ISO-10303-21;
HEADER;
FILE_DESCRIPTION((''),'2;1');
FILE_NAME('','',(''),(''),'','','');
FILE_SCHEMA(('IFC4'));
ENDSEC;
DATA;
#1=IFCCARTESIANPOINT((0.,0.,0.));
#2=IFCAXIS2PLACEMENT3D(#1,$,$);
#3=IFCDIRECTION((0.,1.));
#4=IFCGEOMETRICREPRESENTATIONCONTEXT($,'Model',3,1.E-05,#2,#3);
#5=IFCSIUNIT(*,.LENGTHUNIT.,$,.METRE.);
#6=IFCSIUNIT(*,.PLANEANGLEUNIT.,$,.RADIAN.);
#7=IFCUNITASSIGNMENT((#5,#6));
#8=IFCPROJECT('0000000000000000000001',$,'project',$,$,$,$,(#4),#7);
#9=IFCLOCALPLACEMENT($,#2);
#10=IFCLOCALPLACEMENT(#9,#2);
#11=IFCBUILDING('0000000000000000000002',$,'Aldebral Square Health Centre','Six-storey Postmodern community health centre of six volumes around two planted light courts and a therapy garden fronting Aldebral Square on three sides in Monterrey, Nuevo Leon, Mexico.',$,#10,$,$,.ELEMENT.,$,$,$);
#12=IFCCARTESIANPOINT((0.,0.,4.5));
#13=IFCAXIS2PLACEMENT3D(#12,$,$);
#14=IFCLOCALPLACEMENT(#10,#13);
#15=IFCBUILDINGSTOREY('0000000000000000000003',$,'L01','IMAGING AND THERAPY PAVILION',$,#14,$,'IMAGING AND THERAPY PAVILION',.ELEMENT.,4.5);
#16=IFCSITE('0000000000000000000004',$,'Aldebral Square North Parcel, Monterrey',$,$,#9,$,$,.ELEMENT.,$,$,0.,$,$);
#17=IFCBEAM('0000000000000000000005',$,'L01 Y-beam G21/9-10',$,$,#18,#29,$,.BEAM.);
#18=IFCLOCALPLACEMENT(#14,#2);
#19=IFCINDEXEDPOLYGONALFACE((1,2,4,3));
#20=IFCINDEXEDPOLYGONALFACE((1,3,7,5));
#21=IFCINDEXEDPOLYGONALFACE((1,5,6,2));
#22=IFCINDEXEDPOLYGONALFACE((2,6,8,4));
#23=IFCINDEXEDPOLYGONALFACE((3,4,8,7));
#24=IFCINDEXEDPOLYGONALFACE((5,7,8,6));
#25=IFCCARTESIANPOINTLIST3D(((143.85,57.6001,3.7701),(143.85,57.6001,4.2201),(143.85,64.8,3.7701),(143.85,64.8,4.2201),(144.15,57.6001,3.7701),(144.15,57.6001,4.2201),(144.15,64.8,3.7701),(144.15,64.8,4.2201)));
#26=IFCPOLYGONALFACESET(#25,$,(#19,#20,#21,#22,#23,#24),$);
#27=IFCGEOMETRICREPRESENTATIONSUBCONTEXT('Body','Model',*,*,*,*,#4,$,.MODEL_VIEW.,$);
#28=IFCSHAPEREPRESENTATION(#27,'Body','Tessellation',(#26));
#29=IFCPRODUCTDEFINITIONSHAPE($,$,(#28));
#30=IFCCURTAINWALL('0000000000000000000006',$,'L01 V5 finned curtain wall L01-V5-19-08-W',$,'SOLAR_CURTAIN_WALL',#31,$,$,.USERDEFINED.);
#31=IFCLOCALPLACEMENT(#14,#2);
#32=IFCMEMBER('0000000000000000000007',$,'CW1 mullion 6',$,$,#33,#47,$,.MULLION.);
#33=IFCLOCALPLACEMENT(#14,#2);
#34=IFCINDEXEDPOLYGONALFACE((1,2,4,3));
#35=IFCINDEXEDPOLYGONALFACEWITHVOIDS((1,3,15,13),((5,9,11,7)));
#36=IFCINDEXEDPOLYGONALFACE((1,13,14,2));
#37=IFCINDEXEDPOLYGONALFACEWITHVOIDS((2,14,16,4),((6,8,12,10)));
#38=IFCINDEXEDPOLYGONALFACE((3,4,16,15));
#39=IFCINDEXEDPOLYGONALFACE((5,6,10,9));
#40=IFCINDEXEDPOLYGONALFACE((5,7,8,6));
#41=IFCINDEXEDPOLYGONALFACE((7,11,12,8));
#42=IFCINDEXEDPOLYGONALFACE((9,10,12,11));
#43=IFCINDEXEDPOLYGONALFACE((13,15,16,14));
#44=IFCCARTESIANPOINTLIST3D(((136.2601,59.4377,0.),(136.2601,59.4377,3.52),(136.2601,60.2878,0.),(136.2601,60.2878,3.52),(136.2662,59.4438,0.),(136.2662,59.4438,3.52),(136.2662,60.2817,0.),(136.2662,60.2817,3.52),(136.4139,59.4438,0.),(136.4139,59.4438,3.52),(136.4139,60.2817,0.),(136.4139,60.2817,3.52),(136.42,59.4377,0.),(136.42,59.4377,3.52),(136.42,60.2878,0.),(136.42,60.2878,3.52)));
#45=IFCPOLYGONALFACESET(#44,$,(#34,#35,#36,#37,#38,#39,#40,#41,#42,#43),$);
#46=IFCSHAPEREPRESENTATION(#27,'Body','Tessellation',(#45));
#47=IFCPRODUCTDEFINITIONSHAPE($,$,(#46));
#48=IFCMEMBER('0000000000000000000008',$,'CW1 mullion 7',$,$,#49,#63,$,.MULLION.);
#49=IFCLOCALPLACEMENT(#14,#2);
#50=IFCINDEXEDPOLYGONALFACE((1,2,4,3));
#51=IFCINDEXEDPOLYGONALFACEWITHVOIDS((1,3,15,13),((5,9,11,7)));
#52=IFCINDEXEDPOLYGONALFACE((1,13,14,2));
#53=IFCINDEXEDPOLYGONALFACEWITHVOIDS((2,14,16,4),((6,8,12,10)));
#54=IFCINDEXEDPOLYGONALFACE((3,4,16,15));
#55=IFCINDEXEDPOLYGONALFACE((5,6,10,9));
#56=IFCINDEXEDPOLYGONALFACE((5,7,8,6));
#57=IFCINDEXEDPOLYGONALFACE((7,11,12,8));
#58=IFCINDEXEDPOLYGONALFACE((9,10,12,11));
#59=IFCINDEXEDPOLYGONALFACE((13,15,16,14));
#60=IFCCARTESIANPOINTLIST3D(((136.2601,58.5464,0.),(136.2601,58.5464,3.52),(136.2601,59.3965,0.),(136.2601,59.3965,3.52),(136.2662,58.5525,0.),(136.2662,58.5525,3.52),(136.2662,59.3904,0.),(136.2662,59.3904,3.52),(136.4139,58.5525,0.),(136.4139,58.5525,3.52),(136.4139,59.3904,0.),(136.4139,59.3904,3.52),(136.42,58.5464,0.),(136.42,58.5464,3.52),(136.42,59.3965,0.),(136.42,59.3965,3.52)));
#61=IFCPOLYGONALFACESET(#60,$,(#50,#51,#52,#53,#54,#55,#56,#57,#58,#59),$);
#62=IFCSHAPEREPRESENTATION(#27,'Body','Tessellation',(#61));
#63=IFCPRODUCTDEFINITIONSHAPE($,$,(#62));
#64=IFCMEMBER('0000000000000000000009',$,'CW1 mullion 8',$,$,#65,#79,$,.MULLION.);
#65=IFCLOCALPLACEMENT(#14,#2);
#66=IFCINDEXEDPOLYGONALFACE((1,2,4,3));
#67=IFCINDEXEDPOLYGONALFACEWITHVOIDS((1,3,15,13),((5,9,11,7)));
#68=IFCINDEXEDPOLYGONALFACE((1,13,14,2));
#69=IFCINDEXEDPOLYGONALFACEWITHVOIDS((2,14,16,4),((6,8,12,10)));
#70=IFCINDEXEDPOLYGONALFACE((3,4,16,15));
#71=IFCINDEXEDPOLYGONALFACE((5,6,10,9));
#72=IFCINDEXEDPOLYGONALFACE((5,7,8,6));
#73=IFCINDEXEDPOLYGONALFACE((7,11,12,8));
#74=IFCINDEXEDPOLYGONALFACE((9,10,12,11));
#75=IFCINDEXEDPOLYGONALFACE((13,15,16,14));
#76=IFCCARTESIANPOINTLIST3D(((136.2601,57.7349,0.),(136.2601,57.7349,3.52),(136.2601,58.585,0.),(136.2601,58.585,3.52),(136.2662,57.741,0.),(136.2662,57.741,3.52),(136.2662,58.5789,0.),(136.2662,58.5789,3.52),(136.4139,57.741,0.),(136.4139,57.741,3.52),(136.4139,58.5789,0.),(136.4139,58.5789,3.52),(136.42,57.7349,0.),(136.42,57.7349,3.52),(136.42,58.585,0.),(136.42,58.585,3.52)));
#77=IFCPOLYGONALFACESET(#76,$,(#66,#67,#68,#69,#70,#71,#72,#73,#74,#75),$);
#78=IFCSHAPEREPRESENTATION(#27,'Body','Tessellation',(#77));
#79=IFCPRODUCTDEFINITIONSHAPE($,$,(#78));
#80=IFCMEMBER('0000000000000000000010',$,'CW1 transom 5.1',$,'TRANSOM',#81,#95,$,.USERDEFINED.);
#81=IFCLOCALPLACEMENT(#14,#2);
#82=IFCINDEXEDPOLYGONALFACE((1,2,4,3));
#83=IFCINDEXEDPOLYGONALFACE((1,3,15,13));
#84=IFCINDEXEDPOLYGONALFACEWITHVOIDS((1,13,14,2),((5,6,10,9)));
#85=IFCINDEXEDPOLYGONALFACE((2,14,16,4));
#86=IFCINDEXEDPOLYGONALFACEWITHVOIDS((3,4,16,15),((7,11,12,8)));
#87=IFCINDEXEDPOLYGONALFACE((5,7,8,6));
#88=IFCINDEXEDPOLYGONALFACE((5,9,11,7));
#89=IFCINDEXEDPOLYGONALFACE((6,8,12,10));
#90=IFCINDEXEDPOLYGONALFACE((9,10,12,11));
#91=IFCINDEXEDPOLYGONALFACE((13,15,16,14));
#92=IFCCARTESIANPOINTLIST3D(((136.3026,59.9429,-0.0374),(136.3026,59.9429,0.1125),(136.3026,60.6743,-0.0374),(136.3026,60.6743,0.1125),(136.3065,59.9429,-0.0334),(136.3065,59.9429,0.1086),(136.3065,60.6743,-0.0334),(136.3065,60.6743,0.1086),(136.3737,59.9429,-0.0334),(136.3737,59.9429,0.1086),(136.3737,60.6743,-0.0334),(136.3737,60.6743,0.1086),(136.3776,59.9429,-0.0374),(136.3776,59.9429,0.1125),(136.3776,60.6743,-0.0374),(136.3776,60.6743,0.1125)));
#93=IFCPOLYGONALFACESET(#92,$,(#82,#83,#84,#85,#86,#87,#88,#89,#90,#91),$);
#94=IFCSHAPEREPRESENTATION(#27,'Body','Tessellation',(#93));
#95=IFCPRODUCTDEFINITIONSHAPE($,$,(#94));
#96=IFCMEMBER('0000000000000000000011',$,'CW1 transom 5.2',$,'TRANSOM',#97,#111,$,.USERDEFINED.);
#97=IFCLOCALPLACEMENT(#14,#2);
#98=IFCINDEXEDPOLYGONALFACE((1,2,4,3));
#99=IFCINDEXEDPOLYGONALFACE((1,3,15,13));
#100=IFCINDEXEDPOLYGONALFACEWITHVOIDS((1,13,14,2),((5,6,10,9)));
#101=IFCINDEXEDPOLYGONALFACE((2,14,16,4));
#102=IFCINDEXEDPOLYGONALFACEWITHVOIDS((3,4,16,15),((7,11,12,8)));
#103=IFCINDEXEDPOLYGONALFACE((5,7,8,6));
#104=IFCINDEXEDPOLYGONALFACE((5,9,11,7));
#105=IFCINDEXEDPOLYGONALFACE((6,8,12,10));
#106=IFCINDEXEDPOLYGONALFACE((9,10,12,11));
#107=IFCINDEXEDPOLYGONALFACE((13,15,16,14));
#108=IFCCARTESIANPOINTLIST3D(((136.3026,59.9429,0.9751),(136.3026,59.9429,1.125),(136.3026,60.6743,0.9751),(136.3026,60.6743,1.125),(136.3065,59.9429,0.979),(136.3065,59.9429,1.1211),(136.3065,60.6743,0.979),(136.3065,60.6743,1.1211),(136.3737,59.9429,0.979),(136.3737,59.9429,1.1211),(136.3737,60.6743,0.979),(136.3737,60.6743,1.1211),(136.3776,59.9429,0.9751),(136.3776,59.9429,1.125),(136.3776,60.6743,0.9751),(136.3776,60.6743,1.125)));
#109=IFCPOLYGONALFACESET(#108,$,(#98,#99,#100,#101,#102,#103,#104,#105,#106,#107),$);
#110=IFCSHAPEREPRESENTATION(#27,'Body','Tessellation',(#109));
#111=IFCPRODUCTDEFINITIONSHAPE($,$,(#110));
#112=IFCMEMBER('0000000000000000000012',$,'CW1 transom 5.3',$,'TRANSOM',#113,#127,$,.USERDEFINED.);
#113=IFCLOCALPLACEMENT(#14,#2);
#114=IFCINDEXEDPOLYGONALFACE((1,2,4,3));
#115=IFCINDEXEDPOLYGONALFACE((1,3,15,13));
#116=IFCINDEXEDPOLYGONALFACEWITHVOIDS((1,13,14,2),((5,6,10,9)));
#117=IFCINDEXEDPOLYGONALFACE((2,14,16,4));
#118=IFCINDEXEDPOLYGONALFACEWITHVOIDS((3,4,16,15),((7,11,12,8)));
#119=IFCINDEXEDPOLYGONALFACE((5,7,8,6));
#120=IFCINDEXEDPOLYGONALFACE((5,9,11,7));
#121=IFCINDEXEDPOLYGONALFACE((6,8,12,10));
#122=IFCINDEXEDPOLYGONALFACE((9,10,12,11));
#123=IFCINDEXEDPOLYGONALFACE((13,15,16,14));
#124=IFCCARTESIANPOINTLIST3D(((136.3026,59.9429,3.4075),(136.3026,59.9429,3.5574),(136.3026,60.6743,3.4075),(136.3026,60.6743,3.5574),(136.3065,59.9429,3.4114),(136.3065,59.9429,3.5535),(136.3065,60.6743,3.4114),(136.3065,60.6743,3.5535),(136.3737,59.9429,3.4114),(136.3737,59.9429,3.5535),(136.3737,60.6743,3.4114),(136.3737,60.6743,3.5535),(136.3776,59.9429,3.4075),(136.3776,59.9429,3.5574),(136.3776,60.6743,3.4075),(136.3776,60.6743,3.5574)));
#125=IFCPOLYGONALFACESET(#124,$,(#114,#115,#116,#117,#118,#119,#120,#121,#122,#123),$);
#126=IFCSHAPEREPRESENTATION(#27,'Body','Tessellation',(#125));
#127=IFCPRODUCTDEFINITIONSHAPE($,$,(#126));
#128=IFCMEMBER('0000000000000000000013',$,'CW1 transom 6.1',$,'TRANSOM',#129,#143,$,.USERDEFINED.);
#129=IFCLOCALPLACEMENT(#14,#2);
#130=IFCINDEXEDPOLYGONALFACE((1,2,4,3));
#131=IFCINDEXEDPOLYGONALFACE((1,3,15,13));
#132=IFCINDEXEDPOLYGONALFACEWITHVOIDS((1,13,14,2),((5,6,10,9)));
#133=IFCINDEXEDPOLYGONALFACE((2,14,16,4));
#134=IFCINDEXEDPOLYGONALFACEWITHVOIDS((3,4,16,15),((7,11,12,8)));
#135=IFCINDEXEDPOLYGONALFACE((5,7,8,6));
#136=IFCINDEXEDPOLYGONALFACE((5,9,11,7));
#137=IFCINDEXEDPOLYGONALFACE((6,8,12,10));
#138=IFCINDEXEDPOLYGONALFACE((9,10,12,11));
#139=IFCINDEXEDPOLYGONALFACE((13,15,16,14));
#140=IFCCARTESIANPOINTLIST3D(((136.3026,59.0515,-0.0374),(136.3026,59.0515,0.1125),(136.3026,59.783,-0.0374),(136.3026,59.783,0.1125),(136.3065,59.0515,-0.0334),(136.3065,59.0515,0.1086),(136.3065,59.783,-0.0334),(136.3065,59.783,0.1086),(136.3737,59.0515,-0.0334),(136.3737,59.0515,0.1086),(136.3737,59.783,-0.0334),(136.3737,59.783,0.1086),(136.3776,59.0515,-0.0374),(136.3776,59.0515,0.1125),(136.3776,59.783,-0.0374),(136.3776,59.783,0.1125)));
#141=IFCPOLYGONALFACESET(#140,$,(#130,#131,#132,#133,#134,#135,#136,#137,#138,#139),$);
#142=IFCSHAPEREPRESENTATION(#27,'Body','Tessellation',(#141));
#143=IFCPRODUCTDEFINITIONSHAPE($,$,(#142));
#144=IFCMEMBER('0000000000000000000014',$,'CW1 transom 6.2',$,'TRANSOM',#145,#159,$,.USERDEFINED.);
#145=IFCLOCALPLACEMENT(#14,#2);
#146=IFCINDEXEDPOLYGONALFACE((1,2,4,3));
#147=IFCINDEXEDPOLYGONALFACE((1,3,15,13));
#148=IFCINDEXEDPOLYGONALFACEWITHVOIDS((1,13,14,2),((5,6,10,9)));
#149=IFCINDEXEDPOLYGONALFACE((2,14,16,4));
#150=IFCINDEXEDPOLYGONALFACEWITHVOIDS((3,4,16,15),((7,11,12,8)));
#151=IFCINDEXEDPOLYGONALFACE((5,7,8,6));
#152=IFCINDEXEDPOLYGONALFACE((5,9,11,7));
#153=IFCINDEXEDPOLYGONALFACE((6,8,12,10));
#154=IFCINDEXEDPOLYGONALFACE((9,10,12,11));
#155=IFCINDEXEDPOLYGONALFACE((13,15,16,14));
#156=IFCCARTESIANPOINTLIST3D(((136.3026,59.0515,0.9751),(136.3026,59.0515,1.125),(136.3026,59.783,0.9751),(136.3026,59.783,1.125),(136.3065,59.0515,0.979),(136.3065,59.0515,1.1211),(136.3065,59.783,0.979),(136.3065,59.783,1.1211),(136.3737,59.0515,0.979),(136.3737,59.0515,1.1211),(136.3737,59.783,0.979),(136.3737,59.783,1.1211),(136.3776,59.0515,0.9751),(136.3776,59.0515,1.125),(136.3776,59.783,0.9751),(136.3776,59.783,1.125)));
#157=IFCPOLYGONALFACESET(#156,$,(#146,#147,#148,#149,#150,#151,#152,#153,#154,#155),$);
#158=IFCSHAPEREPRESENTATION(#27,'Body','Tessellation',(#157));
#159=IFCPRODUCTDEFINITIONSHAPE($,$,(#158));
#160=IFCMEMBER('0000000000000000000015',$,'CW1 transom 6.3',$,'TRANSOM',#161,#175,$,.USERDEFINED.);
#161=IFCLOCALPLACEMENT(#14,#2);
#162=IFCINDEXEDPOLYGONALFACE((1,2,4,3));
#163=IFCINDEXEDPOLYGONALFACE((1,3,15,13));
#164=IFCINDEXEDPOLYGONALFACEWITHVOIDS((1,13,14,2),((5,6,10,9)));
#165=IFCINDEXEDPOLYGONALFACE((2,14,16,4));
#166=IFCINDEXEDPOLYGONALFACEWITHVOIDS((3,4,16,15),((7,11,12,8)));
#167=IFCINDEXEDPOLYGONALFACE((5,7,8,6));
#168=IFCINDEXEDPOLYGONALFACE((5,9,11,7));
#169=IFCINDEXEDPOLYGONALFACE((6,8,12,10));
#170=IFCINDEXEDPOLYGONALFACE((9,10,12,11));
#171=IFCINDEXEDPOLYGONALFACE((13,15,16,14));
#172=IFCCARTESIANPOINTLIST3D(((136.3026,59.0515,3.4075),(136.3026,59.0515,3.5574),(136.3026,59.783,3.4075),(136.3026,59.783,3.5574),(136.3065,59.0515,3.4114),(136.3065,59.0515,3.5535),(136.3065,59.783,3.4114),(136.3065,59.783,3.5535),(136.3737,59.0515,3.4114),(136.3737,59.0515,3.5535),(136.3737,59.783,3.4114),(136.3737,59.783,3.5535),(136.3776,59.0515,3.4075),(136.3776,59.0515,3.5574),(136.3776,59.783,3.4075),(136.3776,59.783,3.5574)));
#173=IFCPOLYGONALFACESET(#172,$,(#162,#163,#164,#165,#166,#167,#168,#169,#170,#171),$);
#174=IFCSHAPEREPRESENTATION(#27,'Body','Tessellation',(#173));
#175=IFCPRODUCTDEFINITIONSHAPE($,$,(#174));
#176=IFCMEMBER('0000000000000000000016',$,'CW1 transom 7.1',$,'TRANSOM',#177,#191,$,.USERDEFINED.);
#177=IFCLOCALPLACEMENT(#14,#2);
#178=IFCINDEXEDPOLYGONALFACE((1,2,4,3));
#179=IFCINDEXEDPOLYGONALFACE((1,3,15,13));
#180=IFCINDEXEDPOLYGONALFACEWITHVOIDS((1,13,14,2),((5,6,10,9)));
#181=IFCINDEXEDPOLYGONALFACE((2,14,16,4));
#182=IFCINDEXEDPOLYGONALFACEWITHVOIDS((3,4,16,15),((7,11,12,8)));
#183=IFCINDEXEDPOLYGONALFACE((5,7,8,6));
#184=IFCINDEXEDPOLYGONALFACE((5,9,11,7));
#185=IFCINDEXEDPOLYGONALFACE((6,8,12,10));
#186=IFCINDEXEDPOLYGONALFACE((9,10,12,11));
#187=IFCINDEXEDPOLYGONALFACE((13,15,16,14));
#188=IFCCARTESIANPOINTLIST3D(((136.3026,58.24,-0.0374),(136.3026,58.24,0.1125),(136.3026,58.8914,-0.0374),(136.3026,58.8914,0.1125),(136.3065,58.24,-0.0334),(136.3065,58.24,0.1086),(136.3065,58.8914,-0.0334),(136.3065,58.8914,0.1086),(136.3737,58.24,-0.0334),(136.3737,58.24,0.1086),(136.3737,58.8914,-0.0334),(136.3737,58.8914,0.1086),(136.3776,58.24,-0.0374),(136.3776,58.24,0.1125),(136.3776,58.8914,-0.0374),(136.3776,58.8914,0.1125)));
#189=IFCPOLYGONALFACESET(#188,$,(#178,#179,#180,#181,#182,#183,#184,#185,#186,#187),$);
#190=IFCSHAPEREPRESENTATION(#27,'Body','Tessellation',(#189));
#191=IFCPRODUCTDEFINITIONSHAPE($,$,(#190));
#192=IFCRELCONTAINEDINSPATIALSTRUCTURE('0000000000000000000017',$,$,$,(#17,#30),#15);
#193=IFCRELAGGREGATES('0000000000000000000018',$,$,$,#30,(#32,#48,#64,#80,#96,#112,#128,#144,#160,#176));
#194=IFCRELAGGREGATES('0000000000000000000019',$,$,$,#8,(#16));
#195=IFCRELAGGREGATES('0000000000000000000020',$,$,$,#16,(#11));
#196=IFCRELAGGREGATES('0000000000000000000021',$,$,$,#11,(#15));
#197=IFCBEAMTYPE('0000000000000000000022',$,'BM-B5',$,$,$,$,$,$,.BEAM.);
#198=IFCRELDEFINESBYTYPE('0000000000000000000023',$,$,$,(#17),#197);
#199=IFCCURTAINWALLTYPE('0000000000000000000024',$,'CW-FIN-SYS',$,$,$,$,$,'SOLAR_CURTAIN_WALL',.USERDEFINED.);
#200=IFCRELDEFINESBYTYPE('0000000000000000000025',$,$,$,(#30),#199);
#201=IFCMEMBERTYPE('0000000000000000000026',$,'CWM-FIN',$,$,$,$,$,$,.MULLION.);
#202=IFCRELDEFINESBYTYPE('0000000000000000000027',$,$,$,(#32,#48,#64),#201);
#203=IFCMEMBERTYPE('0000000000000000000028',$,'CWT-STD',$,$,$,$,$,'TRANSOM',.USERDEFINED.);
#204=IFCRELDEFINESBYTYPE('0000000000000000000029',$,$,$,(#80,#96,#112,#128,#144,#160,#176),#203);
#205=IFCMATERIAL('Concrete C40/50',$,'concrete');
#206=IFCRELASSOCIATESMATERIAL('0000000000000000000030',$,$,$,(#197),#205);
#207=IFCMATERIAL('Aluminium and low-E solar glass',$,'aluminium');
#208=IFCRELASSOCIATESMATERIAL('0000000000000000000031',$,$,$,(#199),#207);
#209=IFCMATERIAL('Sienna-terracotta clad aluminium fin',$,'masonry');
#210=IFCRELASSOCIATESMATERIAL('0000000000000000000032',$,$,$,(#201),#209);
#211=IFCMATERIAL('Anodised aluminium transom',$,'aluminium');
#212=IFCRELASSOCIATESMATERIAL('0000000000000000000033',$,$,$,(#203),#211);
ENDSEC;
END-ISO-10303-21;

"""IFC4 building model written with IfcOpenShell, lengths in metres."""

from ifc_helpers import new_model, si_unit, direction, frame, origin, origin_2d, place, context, subcontext, project, spatial, rectangle, hollow_rectangle, extrude, material, material_profile, profile_set, type_object, element, aggregate, save


model = new_model("IFC4")

# Units and contexts
model_context = context("Model", 3, precision=1e-05, world=origin(), true_north=direction((0.0, 1.0)))
body_context = subcontext(model_context, "Body", "Model", "MODEL_VIEW")
ifc_project = project(units=[si_unit("LENGTHUNIT", "METRE"), si_unit("PLANEANGLEUNIT", "RADIAN")], contexts=[model_context])

# Site, building, storey
site_placement = place(None, origin())
site = spatial("IfcSite", under=ifc_project, at=site_placement, Name="Aldebral Square North Parcel, Monterrey", CompositionType="ELEMENT", RefElevation=0.0)
building_placement = place(site_placement, origin())
building = spatial("IfcBuilding", under=site, at=building_placement, Name="Aldebral Square Health Centre", Description="Six-storey Postmodern community health centre of six volumes around two planted light courts and a therapy garden fronting Aldebral Square on three sides in Monterrey, Nuevo Leon, Mexico.", CompositionType="ELEMENT")
storey_placement = place(building_placement, frame((0.0, 0.0, 4.5)))
storey = spatial("IfcBuildingStorey", under=building, at=storey_placement, Name="L01", Description="IMAGING AND THERAPY PAVILION", LongName="IMAGING AND THERAPY PAVILION", CompositionType="ELEMENT", Elevation=4.5)

# Beam
ifc_material_1 = material(Name="Concrete C40/50", Category="concrete")
ifc_material_profile_1 = material_profile(ifc_material_1, rectangle(XDim=0.3, YDim=0.45, at=origin_2d()), Name="RC 300x450")
ifc_profile_set_1 = profile_set([ifc_material_profile_1], Name="Concrete C40/50")
beam_type = type_object("IfcBeamType", Name="BM-B5", PredefinedType="BEAM", material=ifc_profile_set_1)
beam_placement = place(storey_placement, frame((144.0, 57.6001, 3.9951), z_axis=(0.0, 1.0, 0.0), x_axis=(-1.0, 0.0, 0.0)))
element("IfcBeam", 1, at=beam_placement, inside=storey, type_object=beam_type, Name="L01 Y-beam G21/9-10", PredefinedType="BEAM", context=body_context, shape_type="SweptSolid", body=[
    extrude(rectangle(XDim=0.3, YDim=0.45, at=origin_2d()), origin(), (0.0, 0.0, 1.0), 7.2),
])

# Curtain wall, members
ifc_material_2 = material(Name="Aluminium and low-E solar glass", Category="aluminium")
curtain_wall_type = type_object("IfcCurtainWallType", Name="CW-FIN-SYS", ElementType="SOLAR_CURTAIN_WALL", PredefinedType="USERDEFINED", material=ifc_material_2)
curtain_wall_placement = place(storey_placement, origin())
curtain_wall = element("IfcCurtainWall", 2, at=curtain_wall_placement, inside=storey, type_object=curtain_wall_type, Name="L01 V5 finned curtain wall L01-V5-19-08-W", ObjectType="SOLAR_CURTAIN_WALL", PredefinedType="USERDEFINED")
ifc_material_3 = material(Name="Sienna-terracotta clad aluminium fin", Category="masonry")
ifc_material_profile_2 = material_profile(ifc_material_3, hollow_rectangle(XDim=0.1599, YDim=0.8501, WallThickness=0.0061, at=origin_2d()), Name="FIN 160x850x6")
ifc_profile_set_2 = profile_set([ifc_material_profile_2], Name="Sienna-terracotta clad aluminium fin")
member_type_1 = type_object("IfcMemberType", Name="CWM-FIN", PredefinedType="MULLION", material=ifc_profile_set_2)
member_1_placement = place(storey_placement, frame((136.3401, 59.8628, 0.0), z_axis=(0.0, 0.0, 1.0), x_axis=(1.0, 0.0, 0.0)))
member_1 = element("IfcMember", 3, at=member_1_placement, type_object=member_type_1, Name="CW1 mullion 6", PredefinedType="MULLION", context=body_context, shape_type="SweptSolid", body=[
    extrude(hollow_rectangle(XDim=0.1599, YDim=0.8501, WallThickness=0.0061, at=origin_2d()), origin(), (0.0, 0.0, 1.0), 3.52),
])
member_2_placement = place(storey_placement, frame((136.3401, 58.9714, 0.0), z_axis=(0.0, 0.0, 1.0), x_axis=(1.0, 0.0, 0.0)))
member_2 = element("IfcMember", 4, at=member_2_placement, type_object=member_type_1, Name="CW1 mullion 7", PredefinedType="MULLION", context=body_context, shape_type="SweptSolid", body=[
    extrude(hollow_rectangle(XDim=0.1599, YDim=0.8501, WallThickness=0.0061, at=origin_2d()), origin(), (0.0, 0.0, 1.0), 3.52),
])
member_3_placement = place(storey_placement, frame((136.3401, 58.1599, 0.0), z_axis=(0.0, 0.0, 1.0), x_axis=(1.0, 0.0, 0.0)))
member_3 = element("IfcMember", 5, at=member_3_placement, type_object=member_type_1, Name="CW1 mullion 8", PredefinedType="MULLION", context=body_context, shape_type="SweptSolid", body=[
    extrude(hollow_rectangle(XDim=0.1599, YDim=0.8501, WallThickness=0.0061, at=origin_2d()), origin(), (0.0, 0.0, 1.0), 3.52),
])
ifc_material_4 = material(Name="Anodised aluminium transom", Category="aluminium")
ifc_material_profile_3 = material_profile(ifc_material_4, hollow_rectangle(XDim=0.075, YDim=0.1499, WallThickness=0.0039, at=origin_2d()), Name="CWT 75x150x4")
ifc_profile_set_3 = profile_set([ifc_material_profile_3], Name="Anodised aluminium transom")
member_type_2 = type_object("IfcMemberType", Name="CWT-STD", ElementType="TRANSOM", PredefinedType="USERDEFINED", material=ifc_profile_set_3)
member_4_placement = place(storey_placement, frame((136.3401, 60.6743, 0.0376), z_axis=(0.0, -1.0, 0.0), x_axis=(1.0, 0.0, 0.0)))
member_4 = element("IfcMember", 6, at=member_4_placement, type_object=member_type_2, Name="CW1 transom 5.1", ObjectType="TRANSOM", PredefinedType="USERDEFINED", context=body_context, shape_type="SweptSolid", body=[
    extrude(hollow_rectangle(XDim=0.075, YDim=0.1499, WallThickness=0.0039, at=origin_2d()), origin(), (0.0, 0.0, 1.0), 0.7314),
])
member_5_placement = place(storey_placement, frame((136.3401, 60.6743, 1.05), z_axis=(0.0, -1.0, 0.0), x_axis=(1.0, 0.0, 0.0)))
member_5 = element("IfcMember", 7, at=member_5_placement, type_object=member_type_2, Name="CW1 transom 5.2", ObjectType="TRANSOM", PredefinedType="USERDEFINED", context=body_context, shape_type="SweptSolid", body=[
    extrude(hollow_rectangle(XDim=0.075, YDim=0.1499, WallThickness=0.0039, at=origin_2d()), origin(), (0.0, 0.0, 1.0), 0.7314),
])
member_6_placement = place(storey_placement, frame((136.3401, 60.6743, 3.4824), z_axis=(0.0, -1.0, 0.0), x_axis=(1.0, 0.0, 0.0)))
member_6 = element("IfcMember", 8, at=member_6_placement, type_object=member_type_2, Name="CW1 transom 5.3", ObjectType="TRANSOM", PredefinedType="USERDEFINED", context=body_context, shape_type="SweptSolid", body=[
    extrude(hollow_rectangle(XDim=0.075, YDim=0.1499, WallThickness=0.0039, at=origin_2d()), origin(), (0.0, 0.0, 1.0), 0.7314),
])
member_7_placement = place(storey_placement, frame((136.3401, 59.783, 0.0376), z_axis=(0.0, -1.0, 0.0), x_axis=(1.0, 0.0, 0.0)))
member_7 = element("IfcMember", 9, at=member_7_placement, type_object=member_type_2, Name="CW1 transom 6.1", ObjectType="TRANSOM", PredefinedType="USERDEFINED", context=body_context, shape_type="SweptSolid", body=[
    extrude(hollow_rectangle(XDim=0.075, YDim=0.1499, WallThickness=0.0039, at=origin_2d()), origin(), (0.0, 0.0, 1.0), 0.7314),
])
member_8_placement = place(storey_placement, frame((136.3401, 59.783, 1.05), z_axis=(0.0, -1.0, 0.0), x_axis=(1.0, 0.0, 0.0)))
member_8 = element("IfcMember", 10, at=member_8_placement, type_object=member_type_2, Name="CW1 transom 6.2", ObjectType="TRANSOM", PredefinedType="USERDEFINED", context=body_context, shape_type="SweptSolid", body=[
    extrude(hollow_rectangle(XDim=0.075, YDim=0.1499, WallThickness=0.0039, at=origin_2d()), origin(), (0.0, 0.0, 1.0), 0.7314),
])
member_9_placement = place(storey_placement, frame((136.3401, 59.783, 3.4824), z_axis=(0.0, -1.0, 0.0), x_axis=(1.0, 0.0, 0.0)))
member_9 = element("IfcMember", 11, at=member_9_placement, type_object=member_type_2, Name="CW1 transom 6.3", ObjectType="TRANSOM", PredefinedType="USERDEFINED", context=body_context, shape_type="SweptSolid", body=[
    extrude(hollow_rectangle(XDim=0.075, YDim=0.1499, WallThickness=0.0039, at=origin_2d()), origin(), (0.0, 0.0, 1.0), 0.7314),
])
member_10_placement = place(storey_placement, frame((136.3401, 58.8914, 0.0376), z_axis=(0.0, -1.0, 0.0), x_axis=(1.0, 0.0, 0.0)))
member_10 = element("IfcMember", 12, at=member_10_placement, type_object=member_type_2, Name="CW1 transom 7.1", ObjectType="TRANSOM", PredefinedType="USERDEFINED", context=body_context, shape_type="SweptSolid", body=[
    extrude(hollow_rectangle(XDim=0.075, YDim=0.1499, WallThickness=0.0039, at=origin_2d()), origin(), (0.0, 0.0, 1.0), 0.6514),
])
aggregate(curtain_wall, [member_1, member_2, member_3, member_4, member_5, member_6, member_7, member_8, member_9, member_10])

save(model, "model.ifc")
